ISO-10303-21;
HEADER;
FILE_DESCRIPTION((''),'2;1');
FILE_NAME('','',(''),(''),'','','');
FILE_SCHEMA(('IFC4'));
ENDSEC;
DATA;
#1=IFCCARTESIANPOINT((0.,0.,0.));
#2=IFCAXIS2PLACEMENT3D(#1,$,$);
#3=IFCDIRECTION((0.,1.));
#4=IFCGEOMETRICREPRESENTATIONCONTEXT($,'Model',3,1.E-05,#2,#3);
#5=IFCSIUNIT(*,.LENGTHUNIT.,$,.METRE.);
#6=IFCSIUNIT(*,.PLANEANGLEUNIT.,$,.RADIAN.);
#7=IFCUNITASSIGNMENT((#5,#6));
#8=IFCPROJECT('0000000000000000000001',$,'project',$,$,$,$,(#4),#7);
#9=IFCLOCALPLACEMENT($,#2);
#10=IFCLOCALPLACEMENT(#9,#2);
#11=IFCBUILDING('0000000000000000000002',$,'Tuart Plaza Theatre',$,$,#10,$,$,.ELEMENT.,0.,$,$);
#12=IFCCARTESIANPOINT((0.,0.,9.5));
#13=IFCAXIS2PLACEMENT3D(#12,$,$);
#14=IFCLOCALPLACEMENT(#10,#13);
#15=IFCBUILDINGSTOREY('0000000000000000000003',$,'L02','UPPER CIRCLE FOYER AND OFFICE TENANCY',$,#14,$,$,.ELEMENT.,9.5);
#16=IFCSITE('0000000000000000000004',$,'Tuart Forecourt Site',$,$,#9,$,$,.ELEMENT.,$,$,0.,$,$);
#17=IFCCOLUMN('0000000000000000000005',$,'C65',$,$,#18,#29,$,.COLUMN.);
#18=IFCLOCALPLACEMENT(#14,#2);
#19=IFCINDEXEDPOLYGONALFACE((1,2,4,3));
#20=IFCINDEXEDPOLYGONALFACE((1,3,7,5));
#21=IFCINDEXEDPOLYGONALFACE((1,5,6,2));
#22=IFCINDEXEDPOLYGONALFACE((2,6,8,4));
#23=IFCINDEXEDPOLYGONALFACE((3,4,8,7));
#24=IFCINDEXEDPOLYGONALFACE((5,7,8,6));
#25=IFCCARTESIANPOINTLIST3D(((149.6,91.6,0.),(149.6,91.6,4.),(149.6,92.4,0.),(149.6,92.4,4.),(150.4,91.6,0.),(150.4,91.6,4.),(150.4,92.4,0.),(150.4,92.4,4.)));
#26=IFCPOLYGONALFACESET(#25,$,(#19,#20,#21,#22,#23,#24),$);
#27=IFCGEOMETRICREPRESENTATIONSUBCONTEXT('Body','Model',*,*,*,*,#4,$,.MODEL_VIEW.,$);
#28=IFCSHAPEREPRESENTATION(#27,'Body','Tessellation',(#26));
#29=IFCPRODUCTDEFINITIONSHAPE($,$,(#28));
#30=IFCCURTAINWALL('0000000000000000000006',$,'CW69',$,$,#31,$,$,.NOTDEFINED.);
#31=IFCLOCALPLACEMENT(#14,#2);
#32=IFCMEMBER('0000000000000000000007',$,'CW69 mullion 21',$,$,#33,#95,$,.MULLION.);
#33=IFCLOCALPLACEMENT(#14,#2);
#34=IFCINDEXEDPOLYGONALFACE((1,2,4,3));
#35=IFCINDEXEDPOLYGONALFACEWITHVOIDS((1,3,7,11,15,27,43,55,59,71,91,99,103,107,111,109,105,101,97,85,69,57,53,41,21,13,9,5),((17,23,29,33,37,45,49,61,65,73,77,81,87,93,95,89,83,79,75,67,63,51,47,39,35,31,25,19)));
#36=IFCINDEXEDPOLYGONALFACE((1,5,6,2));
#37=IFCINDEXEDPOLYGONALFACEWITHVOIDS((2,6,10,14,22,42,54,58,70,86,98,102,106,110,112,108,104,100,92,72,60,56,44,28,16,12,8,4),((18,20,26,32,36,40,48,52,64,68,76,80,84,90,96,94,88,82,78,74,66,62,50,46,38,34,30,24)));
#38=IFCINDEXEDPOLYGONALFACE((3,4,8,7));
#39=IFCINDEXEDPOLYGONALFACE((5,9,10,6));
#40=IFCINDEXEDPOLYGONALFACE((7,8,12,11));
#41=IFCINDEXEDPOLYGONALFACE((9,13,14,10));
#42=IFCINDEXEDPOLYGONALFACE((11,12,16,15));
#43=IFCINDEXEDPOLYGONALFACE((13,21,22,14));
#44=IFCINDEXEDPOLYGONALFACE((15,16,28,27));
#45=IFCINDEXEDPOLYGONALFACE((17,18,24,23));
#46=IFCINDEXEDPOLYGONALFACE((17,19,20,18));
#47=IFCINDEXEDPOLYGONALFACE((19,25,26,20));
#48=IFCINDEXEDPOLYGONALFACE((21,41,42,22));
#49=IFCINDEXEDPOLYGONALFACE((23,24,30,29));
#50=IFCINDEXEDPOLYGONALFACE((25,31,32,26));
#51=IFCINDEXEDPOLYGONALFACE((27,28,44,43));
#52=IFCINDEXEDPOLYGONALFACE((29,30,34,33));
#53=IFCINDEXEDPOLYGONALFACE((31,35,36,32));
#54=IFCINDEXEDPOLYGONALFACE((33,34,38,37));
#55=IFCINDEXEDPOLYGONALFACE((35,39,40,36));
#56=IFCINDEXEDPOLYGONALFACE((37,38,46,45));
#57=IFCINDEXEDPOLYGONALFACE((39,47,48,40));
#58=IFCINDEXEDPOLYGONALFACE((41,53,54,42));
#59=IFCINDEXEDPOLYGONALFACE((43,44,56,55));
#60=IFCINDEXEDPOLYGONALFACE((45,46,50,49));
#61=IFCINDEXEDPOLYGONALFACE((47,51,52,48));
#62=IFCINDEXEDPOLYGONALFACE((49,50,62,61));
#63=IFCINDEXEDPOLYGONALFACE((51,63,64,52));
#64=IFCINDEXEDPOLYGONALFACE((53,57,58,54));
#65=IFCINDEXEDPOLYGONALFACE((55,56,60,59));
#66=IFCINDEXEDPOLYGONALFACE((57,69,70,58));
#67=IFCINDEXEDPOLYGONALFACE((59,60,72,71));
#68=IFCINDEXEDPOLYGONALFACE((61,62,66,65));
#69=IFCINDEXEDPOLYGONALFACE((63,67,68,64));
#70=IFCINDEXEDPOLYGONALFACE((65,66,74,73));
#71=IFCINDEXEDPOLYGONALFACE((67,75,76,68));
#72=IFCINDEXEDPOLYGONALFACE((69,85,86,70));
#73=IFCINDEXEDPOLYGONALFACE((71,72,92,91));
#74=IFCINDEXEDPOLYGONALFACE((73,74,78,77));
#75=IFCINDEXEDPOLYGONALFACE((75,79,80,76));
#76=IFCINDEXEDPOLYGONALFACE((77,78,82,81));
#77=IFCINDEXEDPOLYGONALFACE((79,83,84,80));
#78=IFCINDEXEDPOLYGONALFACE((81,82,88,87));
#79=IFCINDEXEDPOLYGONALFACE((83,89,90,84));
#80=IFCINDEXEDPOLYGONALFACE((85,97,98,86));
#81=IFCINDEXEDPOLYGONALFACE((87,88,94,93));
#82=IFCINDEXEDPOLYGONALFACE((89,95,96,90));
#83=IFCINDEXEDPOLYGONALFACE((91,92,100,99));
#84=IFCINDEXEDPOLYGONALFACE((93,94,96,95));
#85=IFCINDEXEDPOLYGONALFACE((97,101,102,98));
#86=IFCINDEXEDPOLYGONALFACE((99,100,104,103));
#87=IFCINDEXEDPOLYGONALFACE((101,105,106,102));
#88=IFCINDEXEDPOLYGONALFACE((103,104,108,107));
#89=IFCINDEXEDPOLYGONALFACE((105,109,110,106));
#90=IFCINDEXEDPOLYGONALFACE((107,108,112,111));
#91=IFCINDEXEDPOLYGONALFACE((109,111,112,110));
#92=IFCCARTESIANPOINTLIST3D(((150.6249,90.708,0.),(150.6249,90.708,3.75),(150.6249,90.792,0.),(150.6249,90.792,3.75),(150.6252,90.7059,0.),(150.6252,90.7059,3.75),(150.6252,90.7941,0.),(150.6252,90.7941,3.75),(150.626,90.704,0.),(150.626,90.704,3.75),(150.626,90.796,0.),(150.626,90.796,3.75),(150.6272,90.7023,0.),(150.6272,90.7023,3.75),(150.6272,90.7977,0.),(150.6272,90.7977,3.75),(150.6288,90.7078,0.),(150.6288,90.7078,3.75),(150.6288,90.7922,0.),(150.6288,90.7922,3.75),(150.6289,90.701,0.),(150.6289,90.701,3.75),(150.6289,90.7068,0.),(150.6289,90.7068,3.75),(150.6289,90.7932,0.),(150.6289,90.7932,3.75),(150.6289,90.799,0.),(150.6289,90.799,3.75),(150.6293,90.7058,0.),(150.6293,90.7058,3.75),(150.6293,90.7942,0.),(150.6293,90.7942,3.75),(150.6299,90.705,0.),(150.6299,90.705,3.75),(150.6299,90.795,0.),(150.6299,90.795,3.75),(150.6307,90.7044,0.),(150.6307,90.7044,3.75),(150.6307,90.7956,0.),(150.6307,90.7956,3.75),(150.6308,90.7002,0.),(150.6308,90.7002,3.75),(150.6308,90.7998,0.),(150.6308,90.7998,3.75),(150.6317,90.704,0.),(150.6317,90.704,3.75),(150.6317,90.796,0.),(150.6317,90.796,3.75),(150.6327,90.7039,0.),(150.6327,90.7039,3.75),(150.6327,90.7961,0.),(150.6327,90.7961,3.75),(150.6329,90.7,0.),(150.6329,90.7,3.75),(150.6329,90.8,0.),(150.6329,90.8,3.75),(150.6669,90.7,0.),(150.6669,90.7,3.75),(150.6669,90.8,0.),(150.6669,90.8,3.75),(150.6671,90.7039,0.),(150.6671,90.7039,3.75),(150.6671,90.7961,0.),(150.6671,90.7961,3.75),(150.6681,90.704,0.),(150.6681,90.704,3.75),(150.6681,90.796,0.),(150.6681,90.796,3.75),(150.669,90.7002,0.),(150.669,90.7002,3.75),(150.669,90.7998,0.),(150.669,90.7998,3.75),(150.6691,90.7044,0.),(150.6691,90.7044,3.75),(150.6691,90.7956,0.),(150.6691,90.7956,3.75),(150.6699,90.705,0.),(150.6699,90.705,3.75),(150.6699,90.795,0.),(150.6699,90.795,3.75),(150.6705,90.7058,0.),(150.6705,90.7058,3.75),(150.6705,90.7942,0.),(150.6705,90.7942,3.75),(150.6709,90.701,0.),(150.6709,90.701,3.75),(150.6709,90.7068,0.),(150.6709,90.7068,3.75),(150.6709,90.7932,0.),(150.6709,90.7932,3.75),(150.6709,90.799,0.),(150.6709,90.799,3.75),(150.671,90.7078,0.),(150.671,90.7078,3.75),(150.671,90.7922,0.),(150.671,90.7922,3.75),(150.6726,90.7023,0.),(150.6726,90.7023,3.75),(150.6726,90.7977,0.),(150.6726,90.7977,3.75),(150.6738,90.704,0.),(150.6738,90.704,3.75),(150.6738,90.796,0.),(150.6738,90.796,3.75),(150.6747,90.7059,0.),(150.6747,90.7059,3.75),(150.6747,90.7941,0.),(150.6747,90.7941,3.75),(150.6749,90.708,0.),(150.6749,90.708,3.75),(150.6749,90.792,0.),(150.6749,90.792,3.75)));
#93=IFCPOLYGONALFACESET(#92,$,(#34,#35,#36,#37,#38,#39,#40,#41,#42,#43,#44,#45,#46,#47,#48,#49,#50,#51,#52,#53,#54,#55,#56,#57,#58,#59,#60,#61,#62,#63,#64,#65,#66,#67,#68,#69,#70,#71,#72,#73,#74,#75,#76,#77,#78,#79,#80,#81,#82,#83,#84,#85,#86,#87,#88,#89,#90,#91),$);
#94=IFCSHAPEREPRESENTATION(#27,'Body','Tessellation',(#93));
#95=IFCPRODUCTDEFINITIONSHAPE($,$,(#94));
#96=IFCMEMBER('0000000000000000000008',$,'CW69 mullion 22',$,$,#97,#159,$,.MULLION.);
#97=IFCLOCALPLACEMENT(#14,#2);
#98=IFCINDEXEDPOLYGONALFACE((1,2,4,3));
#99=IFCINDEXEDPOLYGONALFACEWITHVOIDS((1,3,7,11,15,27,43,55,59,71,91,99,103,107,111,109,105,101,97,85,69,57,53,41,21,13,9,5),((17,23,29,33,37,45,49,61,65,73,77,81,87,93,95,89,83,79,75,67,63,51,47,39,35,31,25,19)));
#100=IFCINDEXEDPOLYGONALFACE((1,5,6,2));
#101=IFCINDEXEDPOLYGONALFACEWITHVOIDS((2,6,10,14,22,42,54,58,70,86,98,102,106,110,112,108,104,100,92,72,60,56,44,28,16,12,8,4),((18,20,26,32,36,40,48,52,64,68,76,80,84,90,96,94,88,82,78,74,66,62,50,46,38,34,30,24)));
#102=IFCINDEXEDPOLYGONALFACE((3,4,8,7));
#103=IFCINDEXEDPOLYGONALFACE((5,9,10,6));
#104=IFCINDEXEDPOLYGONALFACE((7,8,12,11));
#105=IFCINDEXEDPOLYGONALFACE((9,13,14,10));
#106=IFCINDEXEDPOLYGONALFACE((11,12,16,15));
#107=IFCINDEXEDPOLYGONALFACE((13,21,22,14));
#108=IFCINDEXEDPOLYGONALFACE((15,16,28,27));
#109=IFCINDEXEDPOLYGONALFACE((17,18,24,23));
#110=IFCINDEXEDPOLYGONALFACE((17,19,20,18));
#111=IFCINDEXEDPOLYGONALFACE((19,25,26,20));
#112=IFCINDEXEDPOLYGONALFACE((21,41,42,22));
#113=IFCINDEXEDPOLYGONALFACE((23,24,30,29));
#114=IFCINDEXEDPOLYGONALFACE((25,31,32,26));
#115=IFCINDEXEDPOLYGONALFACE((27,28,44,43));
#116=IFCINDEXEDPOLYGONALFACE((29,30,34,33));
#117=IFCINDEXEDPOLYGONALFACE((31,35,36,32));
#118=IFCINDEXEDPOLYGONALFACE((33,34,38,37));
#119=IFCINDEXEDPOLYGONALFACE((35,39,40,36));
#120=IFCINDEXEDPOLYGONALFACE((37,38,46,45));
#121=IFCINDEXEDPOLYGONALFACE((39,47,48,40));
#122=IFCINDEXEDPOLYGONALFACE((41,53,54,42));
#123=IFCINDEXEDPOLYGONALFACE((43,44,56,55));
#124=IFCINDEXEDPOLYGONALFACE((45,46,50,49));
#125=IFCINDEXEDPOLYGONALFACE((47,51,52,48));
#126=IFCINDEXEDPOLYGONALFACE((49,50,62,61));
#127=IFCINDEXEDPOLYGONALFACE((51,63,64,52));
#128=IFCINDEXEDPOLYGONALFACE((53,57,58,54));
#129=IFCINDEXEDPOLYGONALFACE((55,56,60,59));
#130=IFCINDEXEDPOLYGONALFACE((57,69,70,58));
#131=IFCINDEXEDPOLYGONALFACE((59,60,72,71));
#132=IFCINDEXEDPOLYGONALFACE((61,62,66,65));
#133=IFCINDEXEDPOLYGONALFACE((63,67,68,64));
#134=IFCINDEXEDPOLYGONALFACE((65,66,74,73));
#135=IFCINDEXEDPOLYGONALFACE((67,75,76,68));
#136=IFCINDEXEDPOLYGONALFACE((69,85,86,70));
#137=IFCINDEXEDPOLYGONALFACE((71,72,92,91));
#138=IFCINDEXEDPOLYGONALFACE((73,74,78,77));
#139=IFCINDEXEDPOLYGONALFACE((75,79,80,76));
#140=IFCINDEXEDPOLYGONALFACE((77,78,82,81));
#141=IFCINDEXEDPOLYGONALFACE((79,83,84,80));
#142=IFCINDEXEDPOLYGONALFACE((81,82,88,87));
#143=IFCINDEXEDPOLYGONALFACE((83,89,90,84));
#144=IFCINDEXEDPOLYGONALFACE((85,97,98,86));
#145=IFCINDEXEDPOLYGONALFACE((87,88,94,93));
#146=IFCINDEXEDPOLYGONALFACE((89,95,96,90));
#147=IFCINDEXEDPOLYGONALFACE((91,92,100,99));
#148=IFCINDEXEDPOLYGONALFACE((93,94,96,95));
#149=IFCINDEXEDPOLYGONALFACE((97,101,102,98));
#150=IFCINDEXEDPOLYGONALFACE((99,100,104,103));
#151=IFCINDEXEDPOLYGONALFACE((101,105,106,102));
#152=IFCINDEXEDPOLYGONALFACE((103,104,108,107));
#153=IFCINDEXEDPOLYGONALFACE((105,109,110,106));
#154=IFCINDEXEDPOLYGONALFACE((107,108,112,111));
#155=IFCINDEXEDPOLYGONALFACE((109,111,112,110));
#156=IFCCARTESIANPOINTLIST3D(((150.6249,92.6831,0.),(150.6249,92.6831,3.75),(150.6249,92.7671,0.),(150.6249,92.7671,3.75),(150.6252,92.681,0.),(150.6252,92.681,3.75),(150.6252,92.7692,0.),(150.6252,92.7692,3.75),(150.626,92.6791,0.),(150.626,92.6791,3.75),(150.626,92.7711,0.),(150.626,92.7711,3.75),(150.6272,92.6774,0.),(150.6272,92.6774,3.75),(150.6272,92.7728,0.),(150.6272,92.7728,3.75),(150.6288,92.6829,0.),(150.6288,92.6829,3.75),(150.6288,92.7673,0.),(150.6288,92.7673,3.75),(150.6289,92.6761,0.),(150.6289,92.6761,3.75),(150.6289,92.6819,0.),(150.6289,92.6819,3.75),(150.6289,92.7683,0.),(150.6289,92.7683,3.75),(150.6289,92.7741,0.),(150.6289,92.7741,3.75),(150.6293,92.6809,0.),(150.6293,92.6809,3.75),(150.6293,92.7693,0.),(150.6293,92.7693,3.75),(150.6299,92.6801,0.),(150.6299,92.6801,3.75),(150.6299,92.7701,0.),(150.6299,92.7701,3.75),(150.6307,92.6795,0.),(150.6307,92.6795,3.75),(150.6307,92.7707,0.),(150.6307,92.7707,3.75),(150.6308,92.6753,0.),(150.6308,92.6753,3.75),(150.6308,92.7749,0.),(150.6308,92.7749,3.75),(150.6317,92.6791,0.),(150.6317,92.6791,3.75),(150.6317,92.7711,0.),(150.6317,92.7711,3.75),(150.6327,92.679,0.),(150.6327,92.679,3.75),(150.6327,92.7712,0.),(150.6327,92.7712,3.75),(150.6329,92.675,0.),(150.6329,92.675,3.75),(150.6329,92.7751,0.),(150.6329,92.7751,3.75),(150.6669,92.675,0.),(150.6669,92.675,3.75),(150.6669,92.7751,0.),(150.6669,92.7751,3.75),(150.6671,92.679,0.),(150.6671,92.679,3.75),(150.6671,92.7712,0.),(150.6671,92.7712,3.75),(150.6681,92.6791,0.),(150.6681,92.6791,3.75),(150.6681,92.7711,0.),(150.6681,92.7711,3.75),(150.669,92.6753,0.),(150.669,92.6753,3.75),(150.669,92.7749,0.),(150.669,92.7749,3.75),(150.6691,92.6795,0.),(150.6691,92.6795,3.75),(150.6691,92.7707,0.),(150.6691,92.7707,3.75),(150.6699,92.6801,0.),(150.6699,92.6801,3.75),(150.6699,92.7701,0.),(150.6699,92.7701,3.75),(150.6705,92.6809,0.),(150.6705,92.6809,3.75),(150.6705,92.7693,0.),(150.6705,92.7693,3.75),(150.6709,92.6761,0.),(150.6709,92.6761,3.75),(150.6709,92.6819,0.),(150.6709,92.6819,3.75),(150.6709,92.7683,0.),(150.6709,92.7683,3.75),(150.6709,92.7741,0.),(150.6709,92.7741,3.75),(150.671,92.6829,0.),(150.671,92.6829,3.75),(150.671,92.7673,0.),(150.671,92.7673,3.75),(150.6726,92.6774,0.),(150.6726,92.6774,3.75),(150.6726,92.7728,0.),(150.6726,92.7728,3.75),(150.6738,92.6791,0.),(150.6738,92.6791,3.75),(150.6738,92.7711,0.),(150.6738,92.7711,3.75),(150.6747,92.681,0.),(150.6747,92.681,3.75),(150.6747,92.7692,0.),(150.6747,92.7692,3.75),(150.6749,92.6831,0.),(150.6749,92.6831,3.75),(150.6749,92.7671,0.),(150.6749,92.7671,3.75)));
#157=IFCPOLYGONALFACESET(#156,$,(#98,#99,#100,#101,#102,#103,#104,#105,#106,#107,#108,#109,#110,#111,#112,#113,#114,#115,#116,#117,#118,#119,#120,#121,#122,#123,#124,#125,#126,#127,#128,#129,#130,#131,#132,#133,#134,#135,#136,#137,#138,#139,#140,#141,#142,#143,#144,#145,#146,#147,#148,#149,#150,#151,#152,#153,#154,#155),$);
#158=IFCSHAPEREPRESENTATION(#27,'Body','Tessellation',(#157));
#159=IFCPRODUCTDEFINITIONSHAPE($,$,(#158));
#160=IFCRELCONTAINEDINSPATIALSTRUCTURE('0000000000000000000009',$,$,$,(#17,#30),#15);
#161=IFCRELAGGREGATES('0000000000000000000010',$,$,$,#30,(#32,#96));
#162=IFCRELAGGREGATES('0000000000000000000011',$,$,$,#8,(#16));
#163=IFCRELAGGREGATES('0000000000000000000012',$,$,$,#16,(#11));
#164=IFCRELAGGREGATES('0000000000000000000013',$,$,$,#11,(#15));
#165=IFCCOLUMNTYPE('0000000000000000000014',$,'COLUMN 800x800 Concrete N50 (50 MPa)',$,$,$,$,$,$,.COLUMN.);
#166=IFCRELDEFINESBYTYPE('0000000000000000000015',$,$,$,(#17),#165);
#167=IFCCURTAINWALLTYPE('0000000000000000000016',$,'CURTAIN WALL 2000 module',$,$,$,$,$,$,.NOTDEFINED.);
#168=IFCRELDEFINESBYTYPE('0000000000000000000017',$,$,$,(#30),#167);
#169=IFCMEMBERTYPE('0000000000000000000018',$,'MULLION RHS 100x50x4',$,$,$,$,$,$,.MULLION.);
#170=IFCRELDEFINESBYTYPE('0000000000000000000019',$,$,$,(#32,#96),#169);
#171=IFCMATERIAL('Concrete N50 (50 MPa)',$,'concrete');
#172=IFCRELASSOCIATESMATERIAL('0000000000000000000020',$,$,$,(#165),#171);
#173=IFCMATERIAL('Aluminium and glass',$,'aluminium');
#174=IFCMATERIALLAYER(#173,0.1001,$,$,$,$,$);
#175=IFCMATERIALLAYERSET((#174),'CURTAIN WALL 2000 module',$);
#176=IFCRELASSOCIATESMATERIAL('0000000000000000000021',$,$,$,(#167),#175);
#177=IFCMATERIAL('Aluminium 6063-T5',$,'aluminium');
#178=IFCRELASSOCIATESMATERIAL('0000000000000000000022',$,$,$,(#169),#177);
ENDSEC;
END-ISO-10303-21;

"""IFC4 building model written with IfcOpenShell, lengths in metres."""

from ifc_helpers import new_model, si_unit, direction, frame, origin, origin_2d, place, context, subcontext, project, spatial, rectangle, hollow_rectangle, extrude, material, layer, layer_set, material_profile, profile_set, type_object, element, aggregate, save


model = new_model("IFC4")

# Units and contexts
model_context = context("Model", 3, precision=1e-05, world=origin(), true_north=direction((0.0, 1.0)))
body_context = subcontext(model_context, "Body", "Model", "MODEL_VIEW")
ifc_project = project(units=[si_unit("LENGTHUNIT", "METRE"), si_unit("PLANEANGLEUNIT", "RADIAN")], contexts=[model_context])

# Site, building, storey
site_placement = place(None, origin())
site = spatial("IfcSite", under=ifc_project, at=site_placement, Name="Tuart Forecourt Site", CompositionType="ELEMENT", RefElevation=0.0)
building_placement = place(site_placement, origin())
building = spatial("IfcBuilding", under=site, at=building_placement, Name="Tuart Plaza Theatre", CompositionType="ELEMENT", ElevationOfRefHeight=0.0)
storey_placement = place(building_placement, frame((0.0, 0.0, 9.5)))
storey = spatial("IfcBuildingStorey", under=building, at=storey_placement, Name="L02", Description="UPPER CIRCLE FOYER AND OFFICE TENANCY", CompositionType="ELEMENT", Elevation=9.5)

# Column
ifc_material_1 = material(Name="Concrete N50 (50 MPa)", Category="concrete")
ifc_material_profile_1 = material_profile(ifc_material_1, rectangle(XDim=0.8, YDim=0.8, at=origin_2d()), Name="COLUMN 800x800 Concrete N50 (50 MPa)")
ifc_profile_set_1 = profile_set([ifc_material_profile_1], Name="Concrete N50 (50 MPa)")
column_type = type_object("IfcColumnType", Name="COLUMN 800x800 Concrete N50 (50 MPa)", PredefinedType="COLUMN", material=ifc_profile_set_1)
column_placement = place(storey_placement, frame((150.0, 92.0, 0.0), z_axis=(0.0, 0.0, 1.0), x_axis=(1.0, 0.0, 0.0)))
element("IfcColumn", 1, at=column_placement, inside=storey, type_object=column_type, Name="C65", PredefinedType="COLUMN", context=body_context, shape_type="SweptSolid", body=[
    extrude(rectangle(XDim=0.8, YDim=0.8, at=origin_2d()), origin(), (0.0, 0.0, 1.0), 4.0),
])

# Curtain wall, members
ifc_material_2 = material(Name="Aluminium and glass", Category="aluminium")
ifc_layer_1 = layer(ifc_material_2, 0.1001)
ifc_layer_set_1 = layer_set([ifc_layer_1], Name="CURTAIN WALL 2000 module")
curtain_wall_type = type_object("IfcCurtainWallType", Name="CURTAIN WALL 2000 module", PredefinedType="NOTDEFINED", material=ifc_layer_set_1)
curtain_wall_1_placement = place(storey_placement, origin())
curtain_wall_1 = element("IfcCurtainWall", 2, at=curtain_wall_1_placement, inside=storey, type_object=curtain_wall_type, Name="CW69", PredefinedType="NOTDEFINED")
ifc_material_3 = material(Name="Aluminium 6063-T5", Category="aluminium")
ifc_material_profile_2 = material_profile(ifc_material_3, hollow_rectangle(XDim=0.05, YDim=0.1001, WallThickness=0.0039, InnerFilletRadius=0.0039, OuterFilletRadius=0.0081, at=origin_2d()), Name="RHS 100x50x4")
ifc_profile_set_2 = profile_set([ifc_material_profile_2], Name="Aluminium 6063-T5")
member_type_1 = type_object("IfcMemberType", Name="MULLION RHS 100x50x4", PredefinedType="MULLION", material=ifc_profile_set_2)
member_1_placement = place(storey_placement, frame((150.6499, 90.75, 0.0), z_axis=(0.0, 0.0, 1.0), x_axis=(-1.0, 0.0, 0.0)))
member_1 = element("IfcMember", 3, at=member_1_placement, type_object=member_type_1, Name="CW69 mullion 21", PredefinedType="MULLION", context=body_context, shape_type="SweptSolid", body=[
    extrude(hollow_rectangle(XDim=0.05, YDim=0.1001, WallThickness=0.0039, InnerFilletRadius=0.0039, OuterFilletRadius=0.0081, at=origin_2d()), origin(), (0.0, 0.0, 1.0), 3.75),
])
member_2_placement = place(storey_placement, frame((150.6499, 92.7251, 0.0), z_axis=(0.0, 0.0, 1.0), x_axis=(-1.0, 0.0, 0.0)))
member_2 = element("IfcMember", 4, at=member_2_placement, type_object=member_type_1, Name="CW69 mullion 22", PredefinedType="MULLION", context=body_context, shape_type="SweptSolid", body=[
    extrude(hollow_rectangle(XDim=0.05, YDim=0.1001, WallThickness=0.0039, InnerFilletRadius=0.0039, OuterFilletRadius=0.0081, at=origin_2d()), origin(), (0.0, 0.0, 1.0), 3.75),
])

aggregate(curtain_wall_1, [member_1, member_2])

save(model, "model.ifc")
